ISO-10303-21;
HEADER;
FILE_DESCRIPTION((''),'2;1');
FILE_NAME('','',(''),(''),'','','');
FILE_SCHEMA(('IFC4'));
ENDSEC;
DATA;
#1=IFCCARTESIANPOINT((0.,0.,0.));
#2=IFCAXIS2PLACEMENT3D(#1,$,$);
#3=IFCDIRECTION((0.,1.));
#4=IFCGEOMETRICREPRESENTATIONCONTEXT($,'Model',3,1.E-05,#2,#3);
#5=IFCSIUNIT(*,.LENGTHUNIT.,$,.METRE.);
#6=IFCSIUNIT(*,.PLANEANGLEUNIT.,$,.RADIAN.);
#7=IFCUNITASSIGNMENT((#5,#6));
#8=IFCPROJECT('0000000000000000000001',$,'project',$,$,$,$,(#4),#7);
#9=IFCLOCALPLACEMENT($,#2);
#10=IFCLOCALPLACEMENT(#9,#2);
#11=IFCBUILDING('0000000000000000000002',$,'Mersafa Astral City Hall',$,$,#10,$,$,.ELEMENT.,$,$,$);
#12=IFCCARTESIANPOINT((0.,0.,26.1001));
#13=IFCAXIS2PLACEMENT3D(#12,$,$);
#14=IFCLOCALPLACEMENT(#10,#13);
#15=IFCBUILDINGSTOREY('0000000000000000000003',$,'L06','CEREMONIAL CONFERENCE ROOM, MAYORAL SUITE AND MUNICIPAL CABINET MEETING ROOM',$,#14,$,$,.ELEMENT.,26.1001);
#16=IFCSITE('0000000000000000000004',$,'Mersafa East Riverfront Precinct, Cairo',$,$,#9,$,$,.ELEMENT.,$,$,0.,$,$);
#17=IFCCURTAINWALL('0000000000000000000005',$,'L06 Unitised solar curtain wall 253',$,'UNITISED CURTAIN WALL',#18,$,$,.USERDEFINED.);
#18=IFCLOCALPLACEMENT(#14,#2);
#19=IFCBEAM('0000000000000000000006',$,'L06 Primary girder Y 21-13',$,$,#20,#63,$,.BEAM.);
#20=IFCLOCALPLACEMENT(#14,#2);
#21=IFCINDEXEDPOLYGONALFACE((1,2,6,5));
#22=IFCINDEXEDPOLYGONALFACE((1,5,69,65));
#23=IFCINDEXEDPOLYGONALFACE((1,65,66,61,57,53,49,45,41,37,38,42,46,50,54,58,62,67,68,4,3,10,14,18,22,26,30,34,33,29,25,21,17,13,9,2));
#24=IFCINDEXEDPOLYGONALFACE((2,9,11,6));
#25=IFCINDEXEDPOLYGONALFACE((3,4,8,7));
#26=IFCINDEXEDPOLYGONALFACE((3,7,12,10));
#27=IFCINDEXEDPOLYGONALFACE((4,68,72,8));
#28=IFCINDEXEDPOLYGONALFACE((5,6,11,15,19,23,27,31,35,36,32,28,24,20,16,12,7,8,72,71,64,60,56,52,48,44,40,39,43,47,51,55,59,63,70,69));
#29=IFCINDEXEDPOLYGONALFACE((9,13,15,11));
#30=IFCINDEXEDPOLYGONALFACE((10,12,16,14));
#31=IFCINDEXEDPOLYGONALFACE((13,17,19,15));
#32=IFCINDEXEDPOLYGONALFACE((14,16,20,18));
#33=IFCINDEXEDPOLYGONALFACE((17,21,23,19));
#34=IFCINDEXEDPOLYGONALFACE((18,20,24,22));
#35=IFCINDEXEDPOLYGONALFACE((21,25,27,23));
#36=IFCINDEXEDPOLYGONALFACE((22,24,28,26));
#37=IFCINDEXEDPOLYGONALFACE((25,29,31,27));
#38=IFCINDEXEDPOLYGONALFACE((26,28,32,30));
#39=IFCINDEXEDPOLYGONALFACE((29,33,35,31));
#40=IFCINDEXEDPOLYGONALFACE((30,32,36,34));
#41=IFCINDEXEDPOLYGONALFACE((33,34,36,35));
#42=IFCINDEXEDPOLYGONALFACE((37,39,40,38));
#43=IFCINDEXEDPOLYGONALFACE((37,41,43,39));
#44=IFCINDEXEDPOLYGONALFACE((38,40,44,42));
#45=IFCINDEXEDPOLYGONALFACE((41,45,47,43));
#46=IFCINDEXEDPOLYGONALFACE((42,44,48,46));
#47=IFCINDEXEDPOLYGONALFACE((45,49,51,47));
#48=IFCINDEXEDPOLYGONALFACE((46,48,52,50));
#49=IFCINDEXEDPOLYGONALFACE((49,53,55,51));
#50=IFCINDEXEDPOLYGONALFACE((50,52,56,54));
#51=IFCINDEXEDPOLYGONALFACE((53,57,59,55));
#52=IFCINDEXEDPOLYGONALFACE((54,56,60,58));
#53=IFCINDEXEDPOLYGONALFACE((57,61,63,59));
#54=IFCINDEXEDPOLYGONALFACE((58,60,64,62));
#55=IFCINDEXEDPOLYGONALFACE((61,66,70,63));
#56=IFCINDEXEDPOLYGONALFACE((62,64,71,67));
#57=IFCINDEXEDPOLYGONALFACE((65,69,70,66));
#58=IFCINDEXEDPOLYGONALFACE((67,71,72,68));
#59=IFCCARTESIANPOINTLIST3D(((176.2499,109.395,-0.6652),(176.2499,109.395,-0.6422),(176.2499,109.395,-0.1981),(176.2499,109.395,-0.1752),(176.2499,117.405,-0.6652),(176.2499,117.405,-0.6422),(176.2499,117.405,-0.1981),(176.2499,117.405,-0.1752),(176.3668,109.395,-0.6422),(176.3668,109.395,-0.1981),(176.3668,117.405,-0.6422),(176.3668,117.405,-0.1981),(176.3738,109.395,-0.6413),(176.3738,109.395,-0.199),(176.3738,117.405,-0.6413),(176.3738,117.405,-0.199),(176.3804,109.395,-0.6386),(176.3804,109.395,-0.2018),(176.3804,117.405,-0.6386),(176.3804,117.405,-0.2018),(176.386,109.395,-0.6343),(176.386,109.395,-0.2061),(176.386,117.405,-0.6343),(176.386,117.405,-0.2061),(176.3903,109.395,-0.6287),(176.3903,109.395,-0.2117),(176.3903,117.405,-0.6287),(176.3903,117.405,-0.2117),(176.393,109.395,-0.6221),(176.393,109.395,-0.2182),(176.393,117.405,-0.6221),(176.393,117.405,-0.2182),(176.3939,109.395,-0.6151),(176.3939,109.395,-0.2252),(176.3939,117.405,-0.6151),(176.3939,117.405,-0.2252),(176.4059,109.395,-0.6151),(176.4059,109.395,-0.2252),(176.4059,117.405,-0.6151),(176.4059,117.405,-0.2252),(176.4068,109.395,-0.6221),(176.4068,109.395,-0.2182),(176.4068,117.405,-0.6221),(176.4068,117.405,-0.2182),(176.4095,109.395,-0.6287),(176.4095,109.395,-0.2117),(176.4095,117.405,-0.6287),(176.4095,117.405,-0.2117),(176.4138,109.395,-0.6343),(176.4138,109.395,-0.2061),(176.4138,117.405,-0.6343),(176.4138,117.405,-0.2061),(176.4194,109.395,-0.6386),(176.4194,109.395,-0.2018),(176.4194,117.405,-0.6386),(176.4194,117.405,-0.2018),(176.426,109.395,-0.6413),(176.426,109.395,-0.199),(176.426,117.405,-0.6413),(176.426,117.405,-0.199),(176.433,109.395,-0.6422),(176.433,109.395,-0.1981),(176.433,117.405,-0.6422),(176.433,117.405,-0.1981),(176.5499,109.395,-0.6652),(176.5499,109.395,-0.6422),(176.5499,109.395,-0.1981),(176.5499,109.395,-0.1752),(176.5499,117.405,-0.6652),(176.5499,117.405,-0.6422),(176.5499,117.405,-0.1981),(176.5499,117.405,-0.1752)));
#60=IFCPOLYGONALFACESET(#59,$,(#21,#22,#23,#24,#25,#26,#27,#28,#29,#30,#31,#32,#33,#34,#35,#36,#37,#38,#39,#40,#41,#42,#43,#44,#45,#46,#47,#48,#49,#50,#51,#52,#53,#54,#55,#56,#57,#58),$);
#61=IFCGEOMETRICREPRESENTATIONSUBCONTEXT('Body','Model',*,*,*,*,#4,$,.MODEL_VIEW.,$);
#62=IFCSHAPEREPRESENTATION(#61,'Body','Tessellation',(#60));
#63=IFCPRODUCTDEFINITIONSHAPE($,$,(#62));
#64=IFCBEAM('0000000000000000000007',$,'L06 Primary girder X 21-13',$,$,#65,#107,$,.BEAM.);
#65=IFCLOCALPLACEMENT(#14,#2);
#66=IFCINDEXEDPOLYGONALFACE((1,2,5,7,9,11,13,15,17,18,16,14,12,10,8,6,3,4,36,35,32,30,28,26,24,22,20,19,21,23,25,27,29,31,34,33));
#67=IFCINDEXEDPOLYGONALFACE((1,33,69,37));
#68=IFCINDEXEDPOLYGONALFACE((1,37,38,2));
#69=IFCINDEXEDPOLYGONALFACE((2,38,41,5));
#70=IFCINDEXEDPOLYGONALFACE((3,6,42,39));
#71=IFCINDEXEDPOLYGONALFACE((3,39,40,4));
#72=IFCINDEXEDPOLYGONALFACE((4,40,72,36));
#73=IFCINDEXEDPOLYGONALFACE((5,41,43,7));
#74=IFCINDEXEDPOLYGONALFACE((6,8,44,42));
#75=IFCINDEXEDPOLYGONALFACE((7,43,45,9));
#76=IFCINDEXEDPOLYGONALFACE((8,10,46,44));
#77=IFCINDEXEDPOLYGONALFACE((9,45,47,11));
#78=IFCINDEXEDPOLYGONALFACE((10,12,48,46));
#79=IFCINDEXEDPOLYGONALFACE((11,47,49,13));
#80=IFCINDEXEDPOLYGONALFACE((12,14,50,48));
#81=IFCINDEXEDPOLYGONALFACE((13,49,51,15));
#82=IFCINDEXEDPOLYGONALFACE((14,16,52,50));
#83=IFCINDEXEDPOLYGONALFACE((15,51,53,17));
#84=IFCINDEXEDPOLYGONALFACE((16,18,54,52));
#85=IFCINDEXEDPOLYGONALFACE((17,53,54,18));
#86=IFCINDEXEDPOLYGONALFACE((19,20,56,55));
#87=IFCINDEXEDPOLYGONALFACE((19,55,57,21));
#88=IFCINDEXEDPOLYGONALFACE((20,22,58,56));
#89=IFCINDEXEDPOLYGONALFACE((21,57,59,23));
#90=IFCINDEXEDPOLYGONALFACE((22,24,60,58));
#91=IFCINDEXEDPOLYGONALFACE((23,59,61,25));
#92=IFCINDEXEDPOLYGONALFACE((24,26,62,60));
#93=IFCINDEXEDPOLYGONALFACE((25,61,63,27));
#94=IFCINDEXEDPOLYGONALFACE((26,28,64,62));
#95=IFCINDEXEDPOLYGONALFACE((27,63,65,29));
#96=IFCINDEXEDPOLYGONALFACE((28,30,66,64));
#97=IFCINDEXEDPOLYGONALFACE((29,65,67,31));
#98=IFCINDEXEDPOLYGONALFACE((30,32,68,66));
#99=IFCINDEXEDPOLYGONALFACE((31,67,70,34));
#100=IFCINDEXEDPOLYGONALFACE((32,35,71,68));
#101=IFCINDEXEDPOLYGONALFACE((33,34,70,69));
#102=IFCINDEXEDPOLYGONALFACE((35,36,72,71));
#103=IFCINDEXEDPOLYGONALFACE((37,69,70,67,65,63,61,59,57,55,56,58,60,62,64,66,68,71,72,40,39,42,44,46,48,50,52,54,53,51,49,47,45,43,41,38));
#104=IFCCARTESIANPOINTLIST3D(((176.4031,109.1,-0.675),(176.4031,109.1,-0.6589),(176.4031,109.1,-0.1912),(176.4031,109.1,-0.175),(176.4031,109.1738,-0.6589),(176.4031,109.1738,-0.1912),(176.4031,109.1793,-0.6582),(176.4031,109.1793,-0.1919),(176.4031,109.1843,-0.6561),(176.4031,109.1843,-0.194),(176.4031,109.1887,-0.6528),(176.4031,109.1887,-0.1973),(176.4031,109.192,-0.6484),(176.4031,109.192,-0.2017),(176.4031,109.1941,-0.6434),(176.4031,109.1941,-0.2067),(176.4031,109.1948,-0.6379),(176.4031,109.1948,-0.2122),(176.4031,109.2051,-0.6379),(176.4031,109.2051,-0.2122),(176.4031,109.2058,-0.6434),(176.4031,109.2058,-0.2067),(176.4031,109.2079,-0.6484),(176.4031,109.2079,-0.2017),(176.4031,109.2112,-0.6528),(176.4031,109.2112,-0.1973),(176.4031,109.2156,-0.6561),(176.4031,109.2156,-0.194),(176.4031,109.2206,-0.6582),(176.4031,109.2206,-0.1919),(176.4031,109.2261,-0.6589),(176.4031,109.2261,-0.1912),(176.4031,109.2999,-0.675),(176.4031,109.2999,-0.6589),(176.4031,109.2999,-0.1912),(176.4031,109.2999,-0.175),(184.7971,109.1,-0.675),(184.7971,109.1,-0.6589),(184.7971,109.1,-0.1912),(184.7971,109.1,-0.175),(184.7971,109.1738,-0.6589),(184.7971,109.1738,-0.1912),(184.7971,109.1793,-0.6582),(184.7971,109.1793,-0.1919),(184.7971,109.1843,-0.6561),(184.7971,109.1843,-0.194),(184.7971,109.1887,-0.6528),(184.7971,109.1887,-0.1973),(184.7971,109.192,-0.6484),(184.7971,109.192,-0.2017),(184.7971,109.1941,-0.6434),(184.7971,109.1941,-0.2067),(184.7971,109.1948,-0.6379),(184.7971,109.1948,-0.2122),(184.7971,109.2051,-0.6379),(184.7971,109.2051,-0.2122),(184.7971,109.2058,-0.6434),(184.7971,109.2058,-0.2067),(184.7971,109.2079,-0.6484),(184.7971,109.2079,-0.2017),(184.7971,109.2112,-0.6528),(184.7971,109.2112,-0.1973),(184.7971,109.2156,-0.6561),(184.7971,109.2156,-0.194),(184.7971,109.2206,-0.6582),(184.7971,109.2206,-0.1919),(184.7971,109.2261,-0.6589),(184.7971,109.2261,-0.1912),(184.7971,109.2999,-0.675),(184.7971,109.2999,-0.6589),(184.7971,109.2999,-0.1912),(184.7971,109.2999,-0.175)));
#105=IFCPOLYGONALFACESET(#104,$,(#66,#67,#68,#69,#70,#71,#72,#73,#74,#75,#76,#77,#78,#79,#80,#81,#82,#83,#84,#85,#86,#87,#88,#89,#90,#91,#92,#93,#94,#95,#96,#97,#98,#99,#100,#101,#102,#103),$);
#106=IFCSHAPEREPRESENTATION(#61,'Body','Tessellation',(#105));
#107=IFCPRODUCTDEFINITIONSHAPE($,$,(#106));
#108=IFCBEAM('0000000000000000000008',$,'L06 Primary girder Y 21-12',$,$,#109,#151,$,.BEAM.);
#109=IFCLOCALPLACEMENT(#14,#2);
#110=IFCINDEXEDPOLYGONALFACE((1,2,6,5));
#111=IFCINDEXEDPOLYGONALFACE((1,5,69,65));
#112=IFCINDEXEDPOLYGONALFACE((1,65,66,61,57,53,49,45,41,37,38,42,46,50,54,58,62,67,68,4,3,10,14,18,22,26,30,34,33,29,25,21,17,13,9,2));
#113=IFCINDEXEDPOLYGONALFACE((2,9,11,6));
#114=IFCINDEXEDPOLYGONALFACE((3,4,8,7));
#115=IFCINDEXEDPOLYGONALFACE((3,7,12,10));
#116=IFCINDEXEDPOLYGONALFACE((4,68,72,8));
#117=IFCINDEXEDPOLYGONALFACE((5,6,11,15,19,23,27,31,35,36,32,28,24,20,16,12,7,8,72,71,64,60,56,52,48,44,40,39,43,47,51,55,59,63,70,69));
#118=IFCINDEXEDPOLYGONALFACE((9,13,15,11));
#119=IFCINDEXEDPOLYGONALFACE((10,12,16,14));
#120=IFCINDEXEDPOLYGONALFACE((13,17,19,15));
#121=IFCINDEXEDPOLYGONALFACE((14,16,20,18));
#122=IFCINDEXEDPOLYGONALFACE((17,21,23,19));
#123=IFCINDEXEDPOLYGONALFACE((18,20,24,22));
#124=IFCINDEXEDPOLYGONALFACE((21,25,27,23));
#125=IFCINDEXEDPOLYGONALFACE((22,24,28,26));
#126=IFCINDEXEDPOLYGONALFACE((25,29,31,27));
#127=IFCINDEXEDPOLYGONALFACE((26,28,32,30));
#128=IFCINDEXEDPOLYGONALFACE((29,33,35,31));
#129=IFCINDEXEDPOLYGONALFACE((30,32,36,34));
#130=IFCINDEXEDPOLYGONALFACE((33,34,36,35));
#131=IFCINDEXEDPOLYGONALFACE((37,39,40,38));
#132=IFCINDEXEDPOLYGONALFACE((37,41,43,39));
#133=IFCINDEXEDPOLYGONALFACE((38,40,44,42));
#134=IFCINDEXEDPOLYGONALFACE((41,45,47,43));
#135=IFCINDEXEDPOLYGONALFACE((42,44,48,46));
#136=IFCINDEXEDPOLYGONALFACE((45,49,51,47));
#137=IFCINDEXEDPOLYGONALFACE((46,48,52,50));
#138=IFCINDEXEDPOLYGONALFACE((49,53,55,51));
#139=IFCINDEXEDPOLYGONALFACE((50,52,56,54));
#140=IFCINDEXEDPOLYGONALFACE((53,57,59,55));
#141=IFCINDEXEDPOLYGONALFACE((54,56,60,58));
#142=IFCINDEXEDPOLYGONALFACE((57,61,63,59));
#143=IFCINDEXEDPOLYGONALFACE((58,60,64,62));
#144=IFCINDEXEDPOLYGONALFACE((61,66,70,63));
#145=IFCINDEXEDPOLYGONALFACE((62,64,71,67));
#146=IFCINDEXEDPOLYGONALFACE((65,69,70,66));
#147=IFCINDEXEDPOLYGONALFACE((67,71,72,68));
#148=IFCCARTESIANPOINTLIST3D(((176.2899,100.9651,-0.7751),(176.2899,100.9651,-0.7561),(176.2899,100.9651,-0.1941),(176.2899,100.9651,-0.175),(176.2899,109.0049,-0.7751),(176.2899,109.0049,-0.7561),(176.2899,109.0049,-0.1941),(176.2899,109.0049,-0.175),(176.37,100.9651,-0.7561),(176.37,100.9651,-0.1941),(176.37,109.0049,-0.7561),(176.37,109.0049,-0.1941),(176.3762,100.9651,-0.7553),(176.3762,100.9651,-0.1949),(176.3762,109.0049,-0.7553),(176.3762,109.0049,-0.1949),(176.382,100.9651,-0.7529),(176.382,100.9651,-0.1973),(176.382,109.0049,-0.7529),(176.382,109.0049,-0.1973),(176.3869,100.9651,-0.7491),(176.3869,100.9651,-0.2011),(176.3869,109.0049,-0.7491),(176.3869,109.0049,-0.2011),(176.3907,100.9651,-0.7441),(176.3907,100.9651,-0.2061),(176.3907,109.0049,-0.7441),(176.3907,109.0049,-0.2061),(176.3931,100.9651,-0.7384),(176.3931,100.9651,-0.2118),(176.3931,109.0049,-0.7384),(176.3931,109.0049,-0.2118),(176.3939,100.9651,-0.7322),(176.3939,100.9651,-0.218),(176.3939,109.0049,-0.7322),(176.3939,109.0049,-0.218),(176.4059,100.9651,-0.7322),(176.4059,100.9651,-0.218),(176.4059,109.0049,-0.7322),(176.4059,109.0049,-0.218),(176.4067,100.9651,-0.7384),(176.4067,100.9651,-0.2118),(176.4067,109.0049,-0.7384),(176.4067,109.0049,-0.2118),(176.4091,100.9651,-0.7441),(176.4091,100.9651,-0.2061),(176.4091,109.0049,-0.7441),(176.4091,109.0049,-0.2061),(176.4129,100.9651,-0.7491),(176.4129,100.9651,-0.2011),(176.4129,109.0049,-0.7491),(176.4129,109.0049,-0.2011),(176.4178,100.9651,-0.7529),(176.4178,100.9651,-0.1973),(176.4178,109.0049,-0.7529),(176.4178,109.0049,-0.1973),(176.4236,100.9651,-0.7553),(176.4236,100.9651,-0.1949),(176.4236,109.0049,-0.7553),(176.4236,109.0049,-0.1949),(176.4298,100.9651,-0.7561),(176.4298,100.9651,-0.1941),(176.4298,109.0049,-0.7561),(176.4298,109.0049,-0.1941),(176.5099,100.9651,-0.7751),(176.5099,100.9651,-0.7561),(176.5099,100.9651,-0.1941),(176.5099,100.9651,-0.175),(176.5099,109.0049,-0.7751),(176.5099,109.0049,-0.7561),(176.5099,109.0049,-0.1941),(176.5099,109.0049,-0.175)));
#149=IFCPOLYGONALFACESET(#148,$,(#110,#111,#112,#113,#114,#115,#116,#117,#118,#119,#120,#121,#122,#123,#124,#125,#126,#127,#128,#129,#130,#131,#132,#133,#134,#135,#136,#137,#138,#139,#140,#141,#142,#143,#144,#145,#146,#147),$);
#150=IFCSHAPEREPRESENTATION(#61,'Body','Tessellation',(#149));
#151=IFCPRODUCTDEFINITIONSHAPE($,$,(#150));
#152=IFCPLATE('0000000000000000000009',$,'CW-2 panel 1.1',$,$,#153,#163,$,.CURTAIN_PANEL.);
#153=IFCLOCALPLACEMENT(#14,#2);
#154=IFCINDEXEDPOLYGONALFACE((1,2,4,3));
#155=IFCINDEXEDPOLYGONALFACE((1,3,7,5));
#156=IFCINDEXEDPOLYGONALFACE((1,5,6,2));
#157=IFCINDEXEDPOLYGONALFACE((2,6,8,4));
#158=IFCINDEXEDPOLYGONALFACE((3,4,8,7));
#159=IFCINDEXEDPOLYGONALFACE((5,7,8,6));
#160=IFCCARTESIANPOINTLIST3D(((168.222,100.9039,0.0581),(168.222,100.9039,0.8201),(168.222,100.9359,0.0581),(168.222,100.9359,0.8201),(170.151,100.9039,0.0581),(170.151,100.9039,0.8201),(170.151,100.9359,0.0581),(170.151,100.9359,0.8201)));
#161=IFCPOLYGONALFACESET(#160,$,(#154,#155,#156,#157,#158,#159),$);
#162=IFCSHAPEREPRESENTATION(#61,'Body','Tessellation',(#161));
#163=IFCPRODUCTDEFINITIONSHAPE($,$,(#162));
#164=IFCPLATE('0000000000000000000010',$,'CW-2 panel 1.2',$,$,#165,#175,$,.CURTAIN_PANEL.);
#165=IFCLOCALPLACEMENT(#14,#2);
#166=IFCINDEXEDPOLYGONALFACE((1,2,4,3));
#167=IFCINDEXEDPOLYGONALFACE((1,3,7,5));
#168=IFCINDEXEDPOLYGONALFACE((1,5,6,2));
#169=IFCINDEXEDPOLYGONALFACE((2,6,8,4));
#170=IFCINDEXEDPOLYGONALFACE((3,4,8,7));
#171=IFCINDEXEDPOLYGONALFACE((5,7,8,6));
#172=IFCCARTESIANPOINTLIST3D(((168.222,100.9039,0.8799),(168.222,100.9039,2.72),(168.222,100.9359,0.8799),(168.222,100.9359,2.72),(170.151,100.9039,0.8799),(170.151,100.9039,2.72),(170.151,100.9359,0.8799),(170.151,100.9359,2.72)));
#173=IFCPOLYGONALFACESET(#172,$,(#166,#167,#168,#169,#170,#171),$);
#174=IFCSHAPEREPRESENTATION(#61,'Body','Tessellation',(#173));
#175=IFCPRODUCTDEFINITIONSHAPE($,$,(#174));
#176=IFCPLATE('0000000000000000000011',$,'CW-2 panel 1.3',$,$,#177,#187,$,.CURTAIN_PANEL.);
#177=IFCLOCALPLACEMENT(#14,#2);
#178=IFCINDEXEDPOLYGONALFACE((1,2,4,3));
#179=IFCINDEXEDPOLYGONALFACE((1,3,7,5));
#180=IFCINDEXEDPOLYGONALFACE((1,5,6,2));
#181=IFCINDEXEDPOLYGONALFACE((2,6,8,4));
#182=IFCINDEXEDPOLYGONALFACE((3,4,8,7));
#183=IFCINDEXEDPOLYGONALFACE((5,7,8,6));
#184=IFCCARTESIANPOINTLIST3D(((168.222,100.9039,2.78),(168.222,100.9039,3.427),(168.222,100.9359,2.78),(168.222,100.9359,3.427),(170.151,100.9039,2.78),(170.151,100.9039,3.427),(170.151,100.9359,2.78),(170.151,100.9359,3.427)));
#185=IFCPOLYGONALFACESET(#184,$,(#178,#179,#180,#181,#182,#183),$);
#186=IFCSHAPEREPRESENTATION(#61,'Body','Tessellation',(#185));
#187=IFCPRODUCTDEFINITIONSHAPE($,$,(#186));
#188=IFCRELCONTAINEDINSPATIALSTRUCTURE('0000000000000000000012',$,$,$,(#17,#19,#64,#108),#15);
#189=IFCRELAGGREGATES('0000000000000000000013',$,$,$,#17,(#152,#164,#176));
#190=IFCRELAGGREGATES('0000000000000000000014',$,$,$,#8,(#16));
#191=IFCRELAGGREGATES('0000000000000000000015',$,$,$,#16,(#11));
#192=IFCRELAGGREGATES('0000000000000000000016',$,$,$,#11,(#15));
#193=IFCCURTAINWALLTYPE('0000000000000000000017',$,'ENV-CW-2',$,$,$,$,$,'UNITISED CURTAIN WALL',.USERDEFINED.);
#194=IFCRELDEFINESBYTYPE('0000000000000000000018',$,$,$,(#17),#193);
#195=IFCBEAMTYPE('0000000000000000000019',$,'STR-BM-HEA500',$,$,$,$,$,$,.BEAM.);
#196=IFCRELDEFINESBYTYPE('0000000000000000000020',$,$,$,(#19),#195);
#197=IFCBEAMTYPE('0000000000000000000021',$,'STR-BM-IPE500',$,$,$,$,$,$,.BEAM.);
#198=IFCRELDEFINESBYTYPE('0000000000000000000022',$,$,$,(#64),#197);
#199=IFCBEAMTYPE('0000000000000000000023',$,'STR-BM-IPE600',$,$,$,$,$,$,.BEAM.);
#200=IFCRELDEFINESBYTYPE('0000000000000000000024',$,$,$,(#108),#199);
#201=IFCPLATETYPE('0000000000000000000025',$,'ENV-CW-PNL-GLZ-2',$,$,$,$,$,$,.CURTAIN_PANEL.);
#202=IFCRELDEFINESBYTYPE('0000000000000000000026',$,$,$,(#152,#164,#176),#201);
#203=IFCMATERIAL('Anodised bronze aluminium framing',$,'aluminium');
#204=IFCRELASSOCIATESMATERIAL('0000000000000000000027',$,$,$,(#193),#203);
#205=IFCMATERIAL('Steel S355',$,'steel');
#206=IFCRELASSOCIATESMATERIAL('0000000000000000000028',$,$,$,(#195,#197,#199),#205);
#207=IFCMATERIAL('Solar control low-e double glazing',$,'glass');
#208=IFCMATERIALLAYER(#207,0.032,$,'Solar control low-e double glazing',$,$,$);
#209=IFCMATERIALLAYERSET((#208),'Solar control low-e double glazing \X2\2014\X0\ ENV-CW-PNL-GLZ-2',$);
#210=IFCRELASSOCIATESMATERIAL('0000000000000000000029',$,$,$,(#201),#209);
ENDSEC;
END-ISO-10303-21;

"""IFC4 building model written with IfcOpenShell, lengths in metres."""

from ifc_helpers import new_model, si_unit, direction, frame, origin, origin_2d, place, context, subcontext, project, spatial, rectangle, i_section, extrude, material, layer, layer_set, material_profile, profile_set, type_object, element, aggregate, save


model = new_model("IFC4")

# Units and contexts
model_context = context("Model", 3, precision=1e-05, world=origin(), true_north=direction((0.0, 1.0)))
body_context = subcontext(model_context, "Body", "Model", "MODEL_VIEW")
ifc_project = project(units=[si_unit("LENGTHUNIT", "METRE"), si_unit("PLANEANGLEUNIT", "RADIAN")], contexts=[model_context])

# Site, building, storey
site_placement = place(None, origin())
site = spatial("IfcSite", under=ifc_project, at=site_placement, Name="Mersafa East Riverfront Precinct, Cairo", CompositionType="ELEMENT", RefElevation=0.0)
building_placement = place(site_placement, origin())
building = spatial("IfcBuilding", under=site, at=building_placement, Name="Mersafa Astral City Hall", CompositionType="ELEMENT")
storey_placement = place(building_placement, frame((0.0, 0.0, 26.1001)))
storey = spatial("IfcBuildingStorey", under=building, at=storey_placement, Name="L06", Description="CEREMONIAL CONFERENCE ROOM, MAYORAL SUITE AND MUNICIPAL CABINET MEETING ROOM", CompositionType="ELEMENT", Elevation=26.1001)

# Shared definitions
ifc_material_1 = material(Name="Steel S355", Category="steel")

# Curtain wall
ifc_material_2 = material(Name="Anodised bronze aluminium framing", Category="aluminium")
curtain_wall_type_1 = type_object("IfcCurtainWallType", Name="ENV-CW-2", ElementType="UNITISED CURTAIN WALL", PredefinedType="USERDEFINED", material=ifc_material_2)
curtain_wall_1_placement = place(storey_placement, origin())
curtain_wall_1 = element("IfcCurtainWall", 1, at=curtain_wall_1_placement, inside=storey, type_object=curtain_wall_type_1, Name="L06 Unitised solar curtain wall 253", ObjectType="UNITISED CURTAIN WALL", PredefinedType="USERDEFINED")

# Beams
ifc_material_profile_1 = material_profile(ifc_material_1, i_section(OverallWidth=0.3, OverallDepth=0.49, WebThickness=0.012, FlangeThickness=0.0229, FilletRadius=0.0271, at=origin_2d()), Name="HEA 500")
ifc_profile_set_1 = profile_set([ifc_material_profile_1], Name="Steel S355")
beam_type_1 = type_object("IfcBeamType", Name="STR-BM-HEA500", PredefinedType="BEAM", material=ifc_profile_set_1)
beam_1_placement = place(storey_placement, frame((176.3999, 109.395, -0.4202), z_axis=(0.0, 1.0, 0.0), x_axis=(-1.0, 0.0, 0.0)))
element("IfcBeam", 2, at=beam_1_placement, inside=storey, type_object=beam_type_1, Name="L06 Primary girder Y 21-13", PredefinedType="BEAM", context=body_context, shape_type="SweptSolid", body=[
    extrude(i_section(OverallWidth=0.3, OverallDepth=0.49, WebThickness=0.012, FlangeThickness=0.0229, FilletRadius=0.0271, at=origin_2d()), origin(), (0.0, 0.0, 1.0), 8.01),
])
ifc_material_profile_2 = material_profile(ifc_material_1, i_section(OverallWidth=0.2, OverallDepth=0.5, WebThickness=0.0103, FlangeThickness=0.0161, FilletRadius=0.021, at=origin_2d()), Name="IPE 500")
ifc_profile_set_2 = profile_set([ifc_material_profile_2], Name="Steel S355")
beam_type_2 = type_object("IfcBeamType", Name="STR-BM-IPE500", PredefinedType="BEAM", material=ifc_profile_set_2)
beam_2_placement = place(storey_placement, frame((176.4031, 109.2, -0.425), z_axis=(1.0, 0.0, 0.0), x_axis=(0.0, 1.0, 0.0)))
element("IfcBeam", 3, at=beam_2_placement, inside=storey, type_object=beam_type_2, Name="L06 Primary girder X 21-13", PredefinedType="BEAM", context=body_context, shape_type="SweptSolid", body=[
    extrude(i_section(OverallWidth=0.2, OverallDepth=0.5, WebThickness=0.0103, FlangeThickness=0.0161, FilletRadius=0.021, at=origin_2d()), origin(), (0.0, 0.0, 1.0), 8.394),
])
ifc_material_profile_3 = material_profile(ifc_material_1, i_section(OverallWidth=0.22, OverallDepth=0.6001, WebThickness=0.012, FlangeThickness=0.019, FilletRadius=0.0239, at=origin_2d()), Name="IPE 600")
ifc_profile_set_3 = profile_set([ifc_material_profile_3], Name="Steel S355")
beam_type_3 = type_object("IfcBeamType", Name="STR-BM-IPE600", PredefinedType="BEAM", material=ifc_profile_set_3)
beam_3_placement = place(storey_placement, frame((176.3999, 100.9651, -0.4751), z_axis=(0.0, 1.0, 0.0), x_axis=(-1.0, 0.0, 0.0)))
element("IfcBeam", 4, at=beam_3_placement, inside=storey, type_object=beam_type_3, Name="L06 Primary girder Y 21-12", PredefinedType="BEAM", context=body_context, shape_type="SweptSolid", body=[
    extrude(i_section(OverallWidth=0.22, OverallDepth=0.6001, WebThickness=0.012, FlangeThickness=0.019, FilletRadius=0.0239, at=origin_2d()), origin(), (0.0, 0.0, 1.0), 8.0398),
])

# Plates
ifc_material_3 = material(Name="Solar control low-e double glazing", Category="glass")
ifc_layer_1 = layer(ifc_material_3, 0.032, Name="Solar control low-e double glazing")
ifc_layer_set_1 = layer_set([ifc_layer_1], Name="Solar control low-e double glazing — ENV-CW-PNL-GLZ-2")
plate_type = type_object("IfcPlateType", Name="ENV-CW-PNL-GLZ-2", PredefinedType="CURTAIN_PANEL", material=ifc_layer_set_1)
plate_1_placement = place(storey_placement, frame((169.1865, 100.9199, 0.0581), z_axis=(0.0, 0.0, 1.0), x_axis=(1.0, 0.0, 0.0)))
plate_1 = element("IfcPlate", 5, at=plate_1_placement, type_object=plate_type, Name="CW-2 panel 1.1", PredefinedType="CURTAIN_PANEL", context=body_context, shape_type="SweptSolid", body=[
    extrude(rectangle(XDim=1.929, YDim=0.032, at=origin_2d()), origin(), (0.0, 0.0, 1.0), 0.762),
])
plate_2_placement = place(storey_placement, frame((169.1865, 100.9199, 0.8799), z_axis=(0.0, 0.0, 1.0), x_axis=(1.0, 0.0, 0.0)))
plate_2 = element("IfcPlate", 6, at=plate_2_placement, type_object=plate_type, Name="CW-2 panel 1.2", PredefinedType="CURTAIN_PANEL", context=body_context, shape_type="SweptSolid", body=[
    extrude(rectangle(XDim=1.929, YDim=0.032, at=origin_2d()), origin(), (0.0, 0.0, 1.0), 1.8401),
])
plate_3_placement = place(storey_placement, frame((169.1865, 100.9199, 2.78), z_axis=(0.0, 0.0, 1.0), x_axis=(1.0, 0.0, 0.0)))
plate_3 = element("IfcPlate", 7, at=plate_3_placement, type_object=plate_type, Name="CW-2 panel 1.3", PredefinedType="CURTAIN_PANEL", context=body_context, shape_type="SweptSolid", body=[
    extrude(rectangle(XDim=1.929, YDim=0.032, at=origin_2d()), origin(), (0.0, 0.0, 1.0), 0.647),
])
aggregate(curtain_wall_1, [plate_1, plate_2, plate_3])

save(model, "model.ifc")
